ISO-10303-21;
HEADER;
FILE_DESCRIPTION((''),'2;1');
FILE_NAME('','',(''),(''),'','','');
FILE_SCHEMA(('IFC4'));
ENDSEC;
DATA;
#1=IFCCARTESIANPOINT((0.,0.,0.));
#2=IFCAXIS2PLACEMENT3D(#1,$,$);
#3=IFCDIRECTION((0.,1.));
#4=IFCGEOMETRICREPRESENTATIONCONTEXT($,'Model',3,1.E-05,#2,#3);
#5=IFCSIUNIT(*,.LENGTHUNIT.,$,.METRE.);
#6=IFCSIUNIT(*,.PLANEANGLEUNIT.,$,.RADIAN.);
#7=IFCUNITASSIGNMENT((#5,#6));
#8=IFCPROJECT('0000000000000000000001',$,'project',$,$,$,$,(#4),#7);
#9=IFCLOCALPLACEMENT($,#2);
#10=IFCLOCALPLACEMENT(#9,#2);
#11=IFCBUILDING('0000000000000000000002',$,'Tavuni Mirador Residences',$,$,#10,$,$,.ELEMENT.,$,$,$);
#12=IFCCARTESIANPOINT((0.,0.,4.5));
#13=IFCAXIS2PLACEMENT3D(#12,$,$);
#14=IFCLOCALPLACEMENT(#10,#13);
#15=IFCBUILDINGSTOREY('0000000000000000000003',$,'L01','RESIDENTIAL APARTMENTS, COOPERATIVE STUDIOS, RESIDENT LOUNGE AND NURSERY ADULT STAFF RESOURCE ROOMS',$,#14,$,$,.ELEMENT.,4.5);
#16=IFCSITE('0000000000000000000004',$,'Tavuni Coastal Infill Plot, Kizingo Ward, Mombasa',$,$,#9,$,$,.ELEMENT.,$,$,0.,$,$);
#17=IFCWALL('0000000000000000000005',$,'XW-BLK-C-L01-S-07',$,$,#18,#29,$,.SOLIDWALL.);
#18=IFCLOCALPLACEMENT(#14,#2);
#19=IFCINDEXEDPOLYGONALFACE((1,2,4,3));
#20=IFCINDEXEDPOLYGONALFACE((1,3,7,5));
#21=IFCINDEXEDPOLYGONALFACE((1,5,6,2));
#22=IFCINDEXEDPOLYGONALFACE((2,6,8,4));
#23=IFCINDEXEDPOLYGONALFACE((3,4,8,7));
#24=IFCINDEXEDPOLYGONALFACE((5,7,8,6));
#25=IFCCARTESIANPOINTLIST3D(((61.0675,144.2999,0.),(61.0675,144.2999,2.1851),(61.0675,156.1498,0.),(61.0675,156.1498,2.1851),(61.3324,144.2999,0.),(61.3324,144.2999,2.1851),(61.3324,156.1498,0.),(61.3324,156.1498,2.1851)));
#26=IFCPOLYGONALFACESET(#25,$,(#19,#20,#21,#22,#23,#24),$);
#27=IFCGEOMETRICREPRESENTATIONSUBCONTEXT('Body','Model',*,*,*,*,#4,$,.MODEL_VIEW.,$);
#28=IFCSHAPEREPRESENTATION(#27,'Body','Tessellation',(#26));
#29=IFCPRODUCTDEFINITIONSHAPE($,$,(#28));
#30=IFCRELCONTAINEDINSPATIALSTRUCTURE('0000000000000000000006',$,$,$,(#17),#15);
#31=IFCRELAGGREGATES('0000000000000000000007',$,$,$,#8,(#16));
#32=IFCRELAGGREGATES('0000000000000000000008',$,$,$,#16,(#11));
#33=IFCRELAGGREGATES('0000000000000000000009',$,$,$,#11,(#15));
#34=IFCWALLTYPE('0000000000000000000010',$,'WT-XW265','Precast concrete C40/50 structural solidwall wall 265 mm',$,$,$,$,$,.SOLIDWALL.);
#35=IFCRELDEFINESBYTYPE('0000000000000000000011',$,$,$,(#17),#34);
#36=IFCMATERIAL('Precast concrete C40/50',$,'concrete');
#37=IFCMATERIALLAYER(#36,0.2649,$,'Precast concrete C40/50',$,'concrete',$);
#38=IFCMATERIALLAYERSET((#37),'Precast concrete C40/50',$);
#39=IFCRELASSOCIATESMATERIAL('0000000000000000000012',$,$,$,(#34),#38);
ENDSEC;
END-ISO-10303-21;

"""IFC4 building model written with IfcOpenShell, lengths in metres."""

from ifc_helpers import new_model, si_unit, direction, frame, frame_2d, origin, place, context, subcontext, project, spatial, rectangle, extrude, material, layer, layer_set, type_object, element, save


model = new_model("IFC4")

# Units and contexts
model_context = context("Model", 3, precision=1e-05, world=origin(), true_north=direction((0.0, 1.0)))
body_context = subcontext(model_context, "Body", "Model", "MODEL_VIEW")
ifc_project = project(units=[si_unit("LENGTHUNIT", "METRE"), si_unit("PLANEANGLEUNIT", "RADIAN")], contexts=[model_context])

# Site, building, storey
site_placement = place(None, origin())
site = spatial("IfcSite", under=ifc_project, at=site_placement, Name="Tavuni Coastal Infill Plot, Kizingo Ward, Mombasa", CompositionType="ELEMENT", RefElevation=0.0)
building_placement = place(site_placement, origin())
building = spatial("IfcBuilding", under=site, at=building_placement, Name="Tavuni Mirador Residences", CompositionType="ELEMENT")
storey_placement = place(building_placement, frame((0.0, 0.0, 4.5)))
storey = spatial("IfcBuildingStorey", under=building, at=storey_placement, Name="L01", Description="RESIDENTIAL APARTMENTS, COOPERATIVE STUDIOS, RESIDENT LOUNGE AND NURSERY ADULT STAFF RESOURCE ROOMS", CompositionType="ELEMENT", Elevation=4.5)

# Shared definitions
ifc_material_1 = material(Name="Precast concrete C40/50", Category="concrete")

# Wall
ifc_layer_1 = layer(ifc_material_1, 0.2649, Name="Precast concrete C40/50", Category="concrete")
ifc_layer_set_1 = layer_set([ifc_layer_1], Name="Precast concrete C40/50")
wall_type_1 = type_object("IfcWallType", Name="WT-XW265", Description="Precast concrete C40/50 structural solidwall wall 265 mm", PredefinedType="SOLIDWALL", material=ifc_layer_set_1)
wall_1_placement = place(storey_placement, frame((61.2, 144.3, 0.0), z_axis=(0.0, 0.0, 1.0), x_axis=(0.0, 1.0, 0.0)))
element("IfcWall", 1, at=wall_1_placement, inside=storey, type_object=wall_type_1, Name="XW-BLK-C-L01-S-07", PredefinedType="SOLIDWALL", context=body_context, shape_type="SweptSolid", body=[
    extrude(rectangle(XDim=11.8499, YDim=0.2649, at=frame_2d((5.9248, 0.0))), origin(), (0.0, 0.0, 1.0), 2.1851),
])

save(model, "model.ifc")
